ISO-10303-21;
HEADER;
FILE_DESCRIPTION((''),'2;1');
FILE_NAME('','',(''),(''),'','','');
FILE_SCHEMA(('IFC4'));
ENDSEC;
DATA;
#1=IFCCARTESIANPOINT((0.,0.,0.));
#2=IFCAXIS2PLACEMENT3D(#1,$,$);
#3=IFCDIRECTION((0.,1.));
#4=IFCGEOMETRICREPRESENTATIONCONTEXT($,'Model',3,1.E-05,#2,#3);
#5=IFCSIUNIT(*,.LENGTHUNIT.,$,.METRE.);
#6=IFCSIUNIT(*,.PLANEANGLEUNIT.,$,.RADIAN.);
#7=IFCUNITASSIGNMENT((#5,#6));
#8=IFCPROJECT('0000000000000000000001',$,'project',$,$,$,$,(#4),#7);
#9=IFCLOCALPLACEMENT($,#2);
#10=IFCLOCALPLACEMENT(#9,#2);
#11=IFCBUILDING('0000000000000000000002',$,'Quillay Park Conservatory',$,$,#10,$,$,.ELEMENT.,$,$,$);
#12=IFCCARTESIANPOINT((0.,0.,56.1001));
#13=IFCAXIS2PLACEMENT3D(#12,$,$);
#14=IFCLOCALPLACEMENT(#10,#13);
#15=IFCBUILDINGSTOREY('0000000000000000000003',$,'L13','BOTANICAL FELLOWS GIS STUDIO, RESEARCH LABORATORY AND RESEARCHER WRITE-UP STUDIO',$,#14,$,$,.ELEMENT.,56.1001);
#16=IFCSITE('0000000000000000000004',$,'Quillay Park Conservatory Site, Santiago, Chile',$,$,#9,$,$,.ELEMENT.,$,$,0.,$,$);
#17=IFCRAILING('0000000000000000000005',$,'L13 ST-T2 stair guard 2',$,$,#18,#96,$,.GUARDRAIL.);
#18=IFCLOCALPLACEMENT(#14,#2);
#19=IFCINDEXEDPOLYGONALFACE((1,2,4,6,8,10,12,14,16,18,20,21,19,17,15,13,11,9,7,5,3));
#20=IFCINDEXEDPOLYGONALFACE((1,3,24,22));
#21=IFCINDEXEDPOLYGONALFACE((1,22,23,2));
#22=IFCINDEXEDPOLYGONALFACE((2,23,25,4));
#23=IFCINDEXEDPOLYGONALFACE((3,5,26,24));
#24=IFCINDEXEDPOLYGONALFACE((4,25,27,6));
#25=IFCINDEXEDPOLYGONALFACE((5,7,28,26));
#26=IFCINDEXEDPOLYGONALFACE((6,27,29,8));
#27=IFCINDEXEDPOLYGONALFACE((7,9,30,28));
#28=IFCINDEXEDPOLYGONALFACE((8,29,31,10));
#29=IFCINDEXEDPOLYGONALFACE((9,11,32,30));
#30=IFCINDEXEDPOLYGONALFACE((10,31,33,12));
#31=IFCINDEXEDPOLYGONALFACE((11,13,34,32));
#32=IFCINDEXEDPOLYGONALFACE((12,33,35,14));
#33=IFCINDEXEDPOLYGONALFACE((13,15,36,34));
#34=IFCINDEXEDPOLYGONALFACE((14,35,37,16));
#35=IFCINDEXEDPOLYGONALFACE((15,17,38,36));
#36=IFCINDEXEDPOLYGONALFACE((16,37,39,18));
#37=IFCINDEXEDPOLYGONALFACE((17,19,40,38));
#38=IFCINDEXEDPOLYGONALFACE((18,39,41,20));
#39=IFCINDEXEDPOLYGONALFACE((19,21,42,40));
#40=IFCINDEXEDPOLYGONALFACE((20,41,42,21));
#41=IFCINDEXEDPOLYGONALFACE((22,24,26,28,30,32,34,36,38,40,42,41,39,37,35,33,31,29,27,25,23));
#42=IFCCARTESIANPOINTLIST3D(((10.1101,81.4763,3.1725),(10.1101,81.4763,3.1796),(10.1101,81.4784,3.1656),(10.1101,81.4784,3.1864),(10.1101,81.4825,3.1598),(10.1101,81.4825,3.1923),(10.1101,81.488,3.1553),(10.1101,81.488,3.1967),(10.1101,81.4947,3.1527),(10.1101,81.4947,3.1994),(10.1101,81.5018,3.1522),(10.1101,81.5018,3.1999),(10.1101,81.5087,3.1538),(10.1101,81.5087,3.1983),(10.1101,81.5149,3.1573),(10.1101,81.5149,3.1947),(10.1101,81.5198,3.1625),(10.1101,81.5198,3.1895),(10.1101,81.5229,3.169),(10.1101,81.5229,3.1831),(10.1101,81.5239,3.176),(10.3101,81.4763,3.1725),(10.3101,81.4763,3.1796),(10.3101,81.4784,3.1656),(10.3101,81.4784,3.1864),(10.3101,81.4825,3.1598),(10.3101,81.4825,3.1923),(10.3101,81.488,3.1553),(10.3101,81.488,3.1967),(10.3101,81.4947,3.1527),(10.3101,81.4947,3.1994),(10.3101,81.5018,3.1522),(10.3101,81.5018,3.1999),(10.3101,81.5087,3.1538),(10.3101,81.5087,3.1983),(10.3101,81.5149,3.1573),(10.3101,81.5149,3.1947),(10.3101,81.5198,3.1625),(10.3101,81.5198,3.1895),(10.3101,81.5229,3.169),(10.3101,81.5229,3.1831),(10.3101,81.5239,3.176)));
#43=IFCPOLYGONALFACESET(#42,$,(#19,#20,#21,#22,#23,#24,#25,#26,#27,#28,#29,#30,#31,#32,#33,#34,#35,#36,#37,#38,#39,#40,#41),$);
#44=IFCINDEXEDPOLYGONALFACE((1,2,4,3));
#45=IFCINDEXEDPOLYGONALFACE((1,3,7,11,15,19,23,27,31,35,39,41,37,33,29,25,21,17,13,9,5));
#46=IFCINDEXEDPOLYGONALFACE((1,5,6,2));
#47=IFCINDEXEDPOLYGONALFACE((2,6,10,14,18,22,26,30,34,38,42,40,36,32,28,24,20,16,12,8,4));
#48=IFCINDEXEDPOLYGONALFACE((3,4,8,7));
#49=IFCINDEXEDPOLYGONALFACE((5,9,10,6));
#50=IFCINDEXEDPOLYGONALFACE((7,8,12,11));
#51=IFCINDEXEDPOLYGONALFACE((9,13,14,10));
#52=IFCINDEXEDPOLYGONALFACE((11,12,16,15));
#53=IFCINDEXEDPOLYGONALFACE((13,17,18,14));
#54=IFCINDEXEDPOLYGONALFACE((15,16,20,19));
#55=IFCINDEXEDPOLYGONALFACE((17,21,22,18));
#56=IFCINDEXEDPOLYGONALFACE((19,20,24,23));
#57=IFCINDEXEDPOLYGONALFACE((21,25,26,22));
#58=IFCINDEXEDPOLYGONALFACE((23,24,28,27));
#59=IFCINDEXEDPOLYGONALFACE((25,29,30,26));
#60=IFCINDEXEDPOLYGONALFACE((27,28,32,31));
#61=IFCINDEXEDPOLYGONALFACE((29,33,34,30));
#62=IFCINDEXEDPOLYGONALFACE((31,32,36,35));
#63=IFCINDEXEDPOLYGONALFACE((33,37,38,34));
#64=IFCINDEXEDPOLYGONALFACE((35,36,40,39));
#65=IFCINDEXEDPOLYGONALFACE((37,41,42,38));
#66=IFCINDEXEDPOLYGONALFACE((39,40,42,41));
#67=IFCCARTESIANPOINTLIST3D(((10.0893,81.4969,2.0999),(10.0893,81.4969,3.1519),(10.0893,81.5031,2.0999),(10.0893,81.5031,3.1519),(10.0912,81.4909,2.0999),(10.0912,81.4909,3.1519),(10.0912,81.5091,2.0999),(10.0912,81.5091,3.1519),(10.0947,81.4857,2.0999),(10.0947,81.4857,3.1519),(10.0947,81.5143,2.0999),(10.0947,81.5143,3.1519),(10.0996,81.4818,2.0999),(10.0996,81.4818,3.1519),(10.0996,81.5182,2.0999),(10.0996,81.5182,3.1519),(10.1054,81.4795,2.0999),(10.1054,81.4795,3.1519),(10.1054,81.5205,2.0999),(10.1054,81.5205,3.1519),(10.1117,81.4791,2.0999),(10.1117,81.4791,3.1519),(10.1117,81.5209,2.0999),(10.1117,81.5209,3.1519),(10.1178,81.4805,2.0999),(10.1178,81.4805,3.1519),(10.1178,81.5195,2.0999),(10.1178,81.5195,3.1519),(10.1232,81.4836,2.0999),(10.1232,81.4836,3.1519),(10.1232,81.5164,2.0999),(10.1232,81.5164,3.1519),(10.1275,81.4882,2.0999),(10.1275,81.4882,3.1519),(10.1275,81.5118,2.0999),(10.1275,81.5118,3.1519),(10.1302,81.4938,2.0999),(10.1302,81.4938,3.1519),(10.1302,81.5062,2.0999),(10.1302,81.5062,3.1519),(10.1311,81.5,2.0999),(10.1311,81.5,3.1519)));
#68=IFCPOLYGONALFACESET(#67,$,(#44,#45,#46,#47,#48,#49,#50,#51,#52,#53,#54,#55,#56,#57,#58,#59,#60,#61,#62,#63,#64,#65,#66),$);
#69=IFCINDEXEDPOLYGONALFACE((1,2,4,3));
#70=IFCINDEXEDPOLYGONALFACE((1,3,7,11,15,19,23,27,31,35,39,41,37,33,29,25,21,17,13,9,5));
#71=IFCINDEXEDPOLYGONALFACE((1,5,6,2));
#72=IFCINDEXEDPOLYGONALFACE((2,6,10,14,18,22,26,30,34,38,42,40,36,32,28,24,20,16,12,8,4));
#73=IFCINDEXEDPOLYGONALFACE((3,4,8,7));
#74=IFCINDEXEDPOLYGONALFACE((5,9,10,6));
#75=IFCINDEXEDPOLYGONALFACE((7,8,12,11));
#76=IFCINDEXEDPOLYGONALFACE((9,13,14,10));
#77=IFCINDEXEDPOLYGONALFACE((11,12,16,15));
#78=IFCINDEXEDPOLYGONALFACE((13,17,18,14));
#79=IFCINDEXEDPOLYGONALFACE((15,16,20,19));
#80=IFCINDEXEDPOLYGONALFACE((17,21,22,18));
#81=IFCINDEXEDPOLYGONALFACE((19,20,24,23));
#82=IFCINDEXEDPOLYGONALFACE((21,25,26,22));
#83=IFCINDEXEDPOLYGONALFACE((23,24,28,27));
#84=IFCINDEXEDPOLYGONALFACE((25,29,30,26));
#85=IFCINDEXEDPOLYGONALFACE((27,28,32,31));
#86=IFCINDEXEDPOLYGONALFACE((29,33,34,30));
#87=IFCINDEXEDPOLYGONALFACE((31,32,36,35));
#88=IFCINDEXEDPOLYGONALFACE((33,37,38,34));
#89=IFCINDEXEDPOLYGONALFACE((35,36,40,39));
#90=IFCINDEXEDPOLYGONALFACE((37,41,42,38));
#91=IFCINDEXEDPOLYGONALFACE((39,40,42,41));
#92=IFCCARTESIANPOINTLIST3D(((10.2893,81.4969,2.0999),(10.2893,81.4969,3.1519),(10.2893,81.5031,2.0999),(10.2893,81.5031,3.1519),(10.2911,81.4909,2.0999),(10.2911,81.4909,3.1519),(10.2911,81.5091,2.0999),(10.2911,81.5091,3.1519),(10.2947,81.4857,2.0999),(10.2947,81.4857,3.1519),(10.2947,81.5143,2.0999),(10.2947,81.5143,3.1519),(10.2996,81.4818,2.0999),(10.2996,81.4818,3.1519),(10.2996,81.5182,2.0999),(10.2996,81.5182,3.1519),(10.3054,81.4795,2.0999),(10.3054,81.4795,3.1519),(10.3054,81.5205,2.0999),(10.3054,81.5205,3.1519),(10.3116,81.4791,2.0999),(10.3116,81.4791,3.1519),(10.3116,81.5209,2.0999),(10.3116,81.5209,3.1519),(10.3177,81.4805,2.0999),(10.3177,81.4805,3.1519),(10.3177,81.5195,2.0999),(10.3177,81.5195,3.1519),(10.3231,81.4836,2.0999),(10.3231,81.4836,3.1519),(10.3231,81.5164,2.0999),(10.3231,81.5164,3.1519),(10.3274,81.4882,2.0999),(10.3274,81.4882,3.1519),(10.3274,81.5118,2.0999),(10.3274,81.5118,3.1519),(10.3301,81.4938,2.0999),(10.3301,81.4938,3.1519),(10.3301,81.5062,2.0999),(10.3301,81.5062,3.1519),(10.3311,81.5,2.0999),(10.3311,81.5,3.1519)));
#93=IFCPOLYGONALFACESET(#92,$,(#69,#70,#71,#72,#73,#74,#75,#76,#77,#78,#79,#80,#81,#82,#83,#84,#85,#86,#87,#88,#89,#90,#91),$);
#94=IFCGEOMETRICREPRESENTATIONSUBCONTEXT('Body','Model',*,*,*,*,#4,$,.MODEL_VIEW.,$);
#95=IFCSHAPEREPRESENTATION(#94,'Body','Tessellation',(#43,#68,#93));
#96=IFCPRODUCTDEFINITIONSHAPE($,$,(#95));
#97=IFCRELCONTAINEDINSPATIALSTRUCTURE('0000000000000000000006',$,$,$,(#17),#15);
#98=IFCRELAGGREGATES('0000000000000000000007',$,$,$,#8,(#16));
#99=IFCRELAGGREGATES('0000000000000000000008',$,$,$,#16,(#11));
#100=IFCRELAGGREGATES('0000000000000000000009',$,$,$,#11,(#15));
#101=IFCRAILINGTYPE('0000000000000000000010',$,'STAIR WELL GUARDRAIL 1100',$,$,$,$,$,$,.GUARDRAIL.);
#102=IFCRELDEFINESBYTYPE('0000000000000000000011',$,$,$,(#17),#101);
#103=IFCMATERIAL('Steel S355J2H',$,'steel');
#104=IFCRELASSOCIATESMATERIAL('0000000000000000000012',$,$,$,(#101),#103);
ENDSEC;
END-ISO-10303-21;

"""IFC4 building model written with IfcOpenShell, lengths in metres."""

from ifc_helpers import new_model, si_unit, direction, frame, origin, origin_2d, place, context, subcontext, project, spatial, circle, extrude, material, type_object, element, save


model = new_model("IFC4")

# Units and contexts
model_context = context("Model", 3, precision=1e-05, world=origin(), true_north=direction((0.0, 1.0)))
body_context = subcontext(model_context, "Body", "Model", "MODEL_VIEW")
ifc_project = project(units=[si_unit("LENGTHUNIT", "METRE"), si_unit("PLANEANGLEUNIT", "RADIAN")], contexts=[model_context])

# Site, building, storey
site_placement = place(None, origin())
site = spatial("IfcSite", under=ifc_project, at=site_placement, Name="Quillay Park Conservatory Site, Santiago, Chile", CompositionType="ELEMENT", RefElevation=0.0)
building_placement = place(site_placement, origin())
building = spatial("IfcBuilding", under=site, at=building_placement, Name="Quillay Park Conservatory", CompositionType="ELEMENT")
storey_placement = place(building_placement, frame((0.0, 0.0, 56.1001)))
storey = spatial("IfcBuildingStorey", under=building, at=storey_placement, Name="L13", Description="BOTANICAL FELLOWS GIS STUDIO, RESEARCH LABORATORY AND RESEARCHER WRITE-UP STUDIO", CompositionType="ELEMENT", Elevation=56.1001)

# Railing
ifc_material_1 = material(Name="Steel S355J2H", Category="steel")
railing_type_1 = type_object("IfcRailingType", Name="STAIR WELL GUARDRAIL 1100", PredefinedType="GUARDRAIL", material=ifc_material_1)
railing_1_placement = place(storey_placement, frame((10.1101, 81.5, 2.0999)))
element("IfcRailing", 1, at=railing_1_placement, inside=storey, type_object=railing_type_1, Name="L13 ST-T2 stair guard 2", PredefinedType="GUARDRAIL", context=body_context, shape_type="SweptSolid", body=[
    extrude(circle(Radius=0.0239, at=origin_2d()), frame((0.0, 0.0, 1.0762), z_axis=(1.0, 0.0, 0.0), x_axis=(0.0, 1.0, 0.0)), (0.0, 0.0, 1.0), 0.2),
    extrude(circle(Radius=0.021, at=origin_2d()), origin(), (0.0, 0.0, 1.0), 1.052),
    extrude(circle(Radius=0.021, at=origin_2d()), frame((0.2, 0.0, 0.0)), (0.0, 0.0, 1.0), 1.052),
])

save(model, "model.ifc")
